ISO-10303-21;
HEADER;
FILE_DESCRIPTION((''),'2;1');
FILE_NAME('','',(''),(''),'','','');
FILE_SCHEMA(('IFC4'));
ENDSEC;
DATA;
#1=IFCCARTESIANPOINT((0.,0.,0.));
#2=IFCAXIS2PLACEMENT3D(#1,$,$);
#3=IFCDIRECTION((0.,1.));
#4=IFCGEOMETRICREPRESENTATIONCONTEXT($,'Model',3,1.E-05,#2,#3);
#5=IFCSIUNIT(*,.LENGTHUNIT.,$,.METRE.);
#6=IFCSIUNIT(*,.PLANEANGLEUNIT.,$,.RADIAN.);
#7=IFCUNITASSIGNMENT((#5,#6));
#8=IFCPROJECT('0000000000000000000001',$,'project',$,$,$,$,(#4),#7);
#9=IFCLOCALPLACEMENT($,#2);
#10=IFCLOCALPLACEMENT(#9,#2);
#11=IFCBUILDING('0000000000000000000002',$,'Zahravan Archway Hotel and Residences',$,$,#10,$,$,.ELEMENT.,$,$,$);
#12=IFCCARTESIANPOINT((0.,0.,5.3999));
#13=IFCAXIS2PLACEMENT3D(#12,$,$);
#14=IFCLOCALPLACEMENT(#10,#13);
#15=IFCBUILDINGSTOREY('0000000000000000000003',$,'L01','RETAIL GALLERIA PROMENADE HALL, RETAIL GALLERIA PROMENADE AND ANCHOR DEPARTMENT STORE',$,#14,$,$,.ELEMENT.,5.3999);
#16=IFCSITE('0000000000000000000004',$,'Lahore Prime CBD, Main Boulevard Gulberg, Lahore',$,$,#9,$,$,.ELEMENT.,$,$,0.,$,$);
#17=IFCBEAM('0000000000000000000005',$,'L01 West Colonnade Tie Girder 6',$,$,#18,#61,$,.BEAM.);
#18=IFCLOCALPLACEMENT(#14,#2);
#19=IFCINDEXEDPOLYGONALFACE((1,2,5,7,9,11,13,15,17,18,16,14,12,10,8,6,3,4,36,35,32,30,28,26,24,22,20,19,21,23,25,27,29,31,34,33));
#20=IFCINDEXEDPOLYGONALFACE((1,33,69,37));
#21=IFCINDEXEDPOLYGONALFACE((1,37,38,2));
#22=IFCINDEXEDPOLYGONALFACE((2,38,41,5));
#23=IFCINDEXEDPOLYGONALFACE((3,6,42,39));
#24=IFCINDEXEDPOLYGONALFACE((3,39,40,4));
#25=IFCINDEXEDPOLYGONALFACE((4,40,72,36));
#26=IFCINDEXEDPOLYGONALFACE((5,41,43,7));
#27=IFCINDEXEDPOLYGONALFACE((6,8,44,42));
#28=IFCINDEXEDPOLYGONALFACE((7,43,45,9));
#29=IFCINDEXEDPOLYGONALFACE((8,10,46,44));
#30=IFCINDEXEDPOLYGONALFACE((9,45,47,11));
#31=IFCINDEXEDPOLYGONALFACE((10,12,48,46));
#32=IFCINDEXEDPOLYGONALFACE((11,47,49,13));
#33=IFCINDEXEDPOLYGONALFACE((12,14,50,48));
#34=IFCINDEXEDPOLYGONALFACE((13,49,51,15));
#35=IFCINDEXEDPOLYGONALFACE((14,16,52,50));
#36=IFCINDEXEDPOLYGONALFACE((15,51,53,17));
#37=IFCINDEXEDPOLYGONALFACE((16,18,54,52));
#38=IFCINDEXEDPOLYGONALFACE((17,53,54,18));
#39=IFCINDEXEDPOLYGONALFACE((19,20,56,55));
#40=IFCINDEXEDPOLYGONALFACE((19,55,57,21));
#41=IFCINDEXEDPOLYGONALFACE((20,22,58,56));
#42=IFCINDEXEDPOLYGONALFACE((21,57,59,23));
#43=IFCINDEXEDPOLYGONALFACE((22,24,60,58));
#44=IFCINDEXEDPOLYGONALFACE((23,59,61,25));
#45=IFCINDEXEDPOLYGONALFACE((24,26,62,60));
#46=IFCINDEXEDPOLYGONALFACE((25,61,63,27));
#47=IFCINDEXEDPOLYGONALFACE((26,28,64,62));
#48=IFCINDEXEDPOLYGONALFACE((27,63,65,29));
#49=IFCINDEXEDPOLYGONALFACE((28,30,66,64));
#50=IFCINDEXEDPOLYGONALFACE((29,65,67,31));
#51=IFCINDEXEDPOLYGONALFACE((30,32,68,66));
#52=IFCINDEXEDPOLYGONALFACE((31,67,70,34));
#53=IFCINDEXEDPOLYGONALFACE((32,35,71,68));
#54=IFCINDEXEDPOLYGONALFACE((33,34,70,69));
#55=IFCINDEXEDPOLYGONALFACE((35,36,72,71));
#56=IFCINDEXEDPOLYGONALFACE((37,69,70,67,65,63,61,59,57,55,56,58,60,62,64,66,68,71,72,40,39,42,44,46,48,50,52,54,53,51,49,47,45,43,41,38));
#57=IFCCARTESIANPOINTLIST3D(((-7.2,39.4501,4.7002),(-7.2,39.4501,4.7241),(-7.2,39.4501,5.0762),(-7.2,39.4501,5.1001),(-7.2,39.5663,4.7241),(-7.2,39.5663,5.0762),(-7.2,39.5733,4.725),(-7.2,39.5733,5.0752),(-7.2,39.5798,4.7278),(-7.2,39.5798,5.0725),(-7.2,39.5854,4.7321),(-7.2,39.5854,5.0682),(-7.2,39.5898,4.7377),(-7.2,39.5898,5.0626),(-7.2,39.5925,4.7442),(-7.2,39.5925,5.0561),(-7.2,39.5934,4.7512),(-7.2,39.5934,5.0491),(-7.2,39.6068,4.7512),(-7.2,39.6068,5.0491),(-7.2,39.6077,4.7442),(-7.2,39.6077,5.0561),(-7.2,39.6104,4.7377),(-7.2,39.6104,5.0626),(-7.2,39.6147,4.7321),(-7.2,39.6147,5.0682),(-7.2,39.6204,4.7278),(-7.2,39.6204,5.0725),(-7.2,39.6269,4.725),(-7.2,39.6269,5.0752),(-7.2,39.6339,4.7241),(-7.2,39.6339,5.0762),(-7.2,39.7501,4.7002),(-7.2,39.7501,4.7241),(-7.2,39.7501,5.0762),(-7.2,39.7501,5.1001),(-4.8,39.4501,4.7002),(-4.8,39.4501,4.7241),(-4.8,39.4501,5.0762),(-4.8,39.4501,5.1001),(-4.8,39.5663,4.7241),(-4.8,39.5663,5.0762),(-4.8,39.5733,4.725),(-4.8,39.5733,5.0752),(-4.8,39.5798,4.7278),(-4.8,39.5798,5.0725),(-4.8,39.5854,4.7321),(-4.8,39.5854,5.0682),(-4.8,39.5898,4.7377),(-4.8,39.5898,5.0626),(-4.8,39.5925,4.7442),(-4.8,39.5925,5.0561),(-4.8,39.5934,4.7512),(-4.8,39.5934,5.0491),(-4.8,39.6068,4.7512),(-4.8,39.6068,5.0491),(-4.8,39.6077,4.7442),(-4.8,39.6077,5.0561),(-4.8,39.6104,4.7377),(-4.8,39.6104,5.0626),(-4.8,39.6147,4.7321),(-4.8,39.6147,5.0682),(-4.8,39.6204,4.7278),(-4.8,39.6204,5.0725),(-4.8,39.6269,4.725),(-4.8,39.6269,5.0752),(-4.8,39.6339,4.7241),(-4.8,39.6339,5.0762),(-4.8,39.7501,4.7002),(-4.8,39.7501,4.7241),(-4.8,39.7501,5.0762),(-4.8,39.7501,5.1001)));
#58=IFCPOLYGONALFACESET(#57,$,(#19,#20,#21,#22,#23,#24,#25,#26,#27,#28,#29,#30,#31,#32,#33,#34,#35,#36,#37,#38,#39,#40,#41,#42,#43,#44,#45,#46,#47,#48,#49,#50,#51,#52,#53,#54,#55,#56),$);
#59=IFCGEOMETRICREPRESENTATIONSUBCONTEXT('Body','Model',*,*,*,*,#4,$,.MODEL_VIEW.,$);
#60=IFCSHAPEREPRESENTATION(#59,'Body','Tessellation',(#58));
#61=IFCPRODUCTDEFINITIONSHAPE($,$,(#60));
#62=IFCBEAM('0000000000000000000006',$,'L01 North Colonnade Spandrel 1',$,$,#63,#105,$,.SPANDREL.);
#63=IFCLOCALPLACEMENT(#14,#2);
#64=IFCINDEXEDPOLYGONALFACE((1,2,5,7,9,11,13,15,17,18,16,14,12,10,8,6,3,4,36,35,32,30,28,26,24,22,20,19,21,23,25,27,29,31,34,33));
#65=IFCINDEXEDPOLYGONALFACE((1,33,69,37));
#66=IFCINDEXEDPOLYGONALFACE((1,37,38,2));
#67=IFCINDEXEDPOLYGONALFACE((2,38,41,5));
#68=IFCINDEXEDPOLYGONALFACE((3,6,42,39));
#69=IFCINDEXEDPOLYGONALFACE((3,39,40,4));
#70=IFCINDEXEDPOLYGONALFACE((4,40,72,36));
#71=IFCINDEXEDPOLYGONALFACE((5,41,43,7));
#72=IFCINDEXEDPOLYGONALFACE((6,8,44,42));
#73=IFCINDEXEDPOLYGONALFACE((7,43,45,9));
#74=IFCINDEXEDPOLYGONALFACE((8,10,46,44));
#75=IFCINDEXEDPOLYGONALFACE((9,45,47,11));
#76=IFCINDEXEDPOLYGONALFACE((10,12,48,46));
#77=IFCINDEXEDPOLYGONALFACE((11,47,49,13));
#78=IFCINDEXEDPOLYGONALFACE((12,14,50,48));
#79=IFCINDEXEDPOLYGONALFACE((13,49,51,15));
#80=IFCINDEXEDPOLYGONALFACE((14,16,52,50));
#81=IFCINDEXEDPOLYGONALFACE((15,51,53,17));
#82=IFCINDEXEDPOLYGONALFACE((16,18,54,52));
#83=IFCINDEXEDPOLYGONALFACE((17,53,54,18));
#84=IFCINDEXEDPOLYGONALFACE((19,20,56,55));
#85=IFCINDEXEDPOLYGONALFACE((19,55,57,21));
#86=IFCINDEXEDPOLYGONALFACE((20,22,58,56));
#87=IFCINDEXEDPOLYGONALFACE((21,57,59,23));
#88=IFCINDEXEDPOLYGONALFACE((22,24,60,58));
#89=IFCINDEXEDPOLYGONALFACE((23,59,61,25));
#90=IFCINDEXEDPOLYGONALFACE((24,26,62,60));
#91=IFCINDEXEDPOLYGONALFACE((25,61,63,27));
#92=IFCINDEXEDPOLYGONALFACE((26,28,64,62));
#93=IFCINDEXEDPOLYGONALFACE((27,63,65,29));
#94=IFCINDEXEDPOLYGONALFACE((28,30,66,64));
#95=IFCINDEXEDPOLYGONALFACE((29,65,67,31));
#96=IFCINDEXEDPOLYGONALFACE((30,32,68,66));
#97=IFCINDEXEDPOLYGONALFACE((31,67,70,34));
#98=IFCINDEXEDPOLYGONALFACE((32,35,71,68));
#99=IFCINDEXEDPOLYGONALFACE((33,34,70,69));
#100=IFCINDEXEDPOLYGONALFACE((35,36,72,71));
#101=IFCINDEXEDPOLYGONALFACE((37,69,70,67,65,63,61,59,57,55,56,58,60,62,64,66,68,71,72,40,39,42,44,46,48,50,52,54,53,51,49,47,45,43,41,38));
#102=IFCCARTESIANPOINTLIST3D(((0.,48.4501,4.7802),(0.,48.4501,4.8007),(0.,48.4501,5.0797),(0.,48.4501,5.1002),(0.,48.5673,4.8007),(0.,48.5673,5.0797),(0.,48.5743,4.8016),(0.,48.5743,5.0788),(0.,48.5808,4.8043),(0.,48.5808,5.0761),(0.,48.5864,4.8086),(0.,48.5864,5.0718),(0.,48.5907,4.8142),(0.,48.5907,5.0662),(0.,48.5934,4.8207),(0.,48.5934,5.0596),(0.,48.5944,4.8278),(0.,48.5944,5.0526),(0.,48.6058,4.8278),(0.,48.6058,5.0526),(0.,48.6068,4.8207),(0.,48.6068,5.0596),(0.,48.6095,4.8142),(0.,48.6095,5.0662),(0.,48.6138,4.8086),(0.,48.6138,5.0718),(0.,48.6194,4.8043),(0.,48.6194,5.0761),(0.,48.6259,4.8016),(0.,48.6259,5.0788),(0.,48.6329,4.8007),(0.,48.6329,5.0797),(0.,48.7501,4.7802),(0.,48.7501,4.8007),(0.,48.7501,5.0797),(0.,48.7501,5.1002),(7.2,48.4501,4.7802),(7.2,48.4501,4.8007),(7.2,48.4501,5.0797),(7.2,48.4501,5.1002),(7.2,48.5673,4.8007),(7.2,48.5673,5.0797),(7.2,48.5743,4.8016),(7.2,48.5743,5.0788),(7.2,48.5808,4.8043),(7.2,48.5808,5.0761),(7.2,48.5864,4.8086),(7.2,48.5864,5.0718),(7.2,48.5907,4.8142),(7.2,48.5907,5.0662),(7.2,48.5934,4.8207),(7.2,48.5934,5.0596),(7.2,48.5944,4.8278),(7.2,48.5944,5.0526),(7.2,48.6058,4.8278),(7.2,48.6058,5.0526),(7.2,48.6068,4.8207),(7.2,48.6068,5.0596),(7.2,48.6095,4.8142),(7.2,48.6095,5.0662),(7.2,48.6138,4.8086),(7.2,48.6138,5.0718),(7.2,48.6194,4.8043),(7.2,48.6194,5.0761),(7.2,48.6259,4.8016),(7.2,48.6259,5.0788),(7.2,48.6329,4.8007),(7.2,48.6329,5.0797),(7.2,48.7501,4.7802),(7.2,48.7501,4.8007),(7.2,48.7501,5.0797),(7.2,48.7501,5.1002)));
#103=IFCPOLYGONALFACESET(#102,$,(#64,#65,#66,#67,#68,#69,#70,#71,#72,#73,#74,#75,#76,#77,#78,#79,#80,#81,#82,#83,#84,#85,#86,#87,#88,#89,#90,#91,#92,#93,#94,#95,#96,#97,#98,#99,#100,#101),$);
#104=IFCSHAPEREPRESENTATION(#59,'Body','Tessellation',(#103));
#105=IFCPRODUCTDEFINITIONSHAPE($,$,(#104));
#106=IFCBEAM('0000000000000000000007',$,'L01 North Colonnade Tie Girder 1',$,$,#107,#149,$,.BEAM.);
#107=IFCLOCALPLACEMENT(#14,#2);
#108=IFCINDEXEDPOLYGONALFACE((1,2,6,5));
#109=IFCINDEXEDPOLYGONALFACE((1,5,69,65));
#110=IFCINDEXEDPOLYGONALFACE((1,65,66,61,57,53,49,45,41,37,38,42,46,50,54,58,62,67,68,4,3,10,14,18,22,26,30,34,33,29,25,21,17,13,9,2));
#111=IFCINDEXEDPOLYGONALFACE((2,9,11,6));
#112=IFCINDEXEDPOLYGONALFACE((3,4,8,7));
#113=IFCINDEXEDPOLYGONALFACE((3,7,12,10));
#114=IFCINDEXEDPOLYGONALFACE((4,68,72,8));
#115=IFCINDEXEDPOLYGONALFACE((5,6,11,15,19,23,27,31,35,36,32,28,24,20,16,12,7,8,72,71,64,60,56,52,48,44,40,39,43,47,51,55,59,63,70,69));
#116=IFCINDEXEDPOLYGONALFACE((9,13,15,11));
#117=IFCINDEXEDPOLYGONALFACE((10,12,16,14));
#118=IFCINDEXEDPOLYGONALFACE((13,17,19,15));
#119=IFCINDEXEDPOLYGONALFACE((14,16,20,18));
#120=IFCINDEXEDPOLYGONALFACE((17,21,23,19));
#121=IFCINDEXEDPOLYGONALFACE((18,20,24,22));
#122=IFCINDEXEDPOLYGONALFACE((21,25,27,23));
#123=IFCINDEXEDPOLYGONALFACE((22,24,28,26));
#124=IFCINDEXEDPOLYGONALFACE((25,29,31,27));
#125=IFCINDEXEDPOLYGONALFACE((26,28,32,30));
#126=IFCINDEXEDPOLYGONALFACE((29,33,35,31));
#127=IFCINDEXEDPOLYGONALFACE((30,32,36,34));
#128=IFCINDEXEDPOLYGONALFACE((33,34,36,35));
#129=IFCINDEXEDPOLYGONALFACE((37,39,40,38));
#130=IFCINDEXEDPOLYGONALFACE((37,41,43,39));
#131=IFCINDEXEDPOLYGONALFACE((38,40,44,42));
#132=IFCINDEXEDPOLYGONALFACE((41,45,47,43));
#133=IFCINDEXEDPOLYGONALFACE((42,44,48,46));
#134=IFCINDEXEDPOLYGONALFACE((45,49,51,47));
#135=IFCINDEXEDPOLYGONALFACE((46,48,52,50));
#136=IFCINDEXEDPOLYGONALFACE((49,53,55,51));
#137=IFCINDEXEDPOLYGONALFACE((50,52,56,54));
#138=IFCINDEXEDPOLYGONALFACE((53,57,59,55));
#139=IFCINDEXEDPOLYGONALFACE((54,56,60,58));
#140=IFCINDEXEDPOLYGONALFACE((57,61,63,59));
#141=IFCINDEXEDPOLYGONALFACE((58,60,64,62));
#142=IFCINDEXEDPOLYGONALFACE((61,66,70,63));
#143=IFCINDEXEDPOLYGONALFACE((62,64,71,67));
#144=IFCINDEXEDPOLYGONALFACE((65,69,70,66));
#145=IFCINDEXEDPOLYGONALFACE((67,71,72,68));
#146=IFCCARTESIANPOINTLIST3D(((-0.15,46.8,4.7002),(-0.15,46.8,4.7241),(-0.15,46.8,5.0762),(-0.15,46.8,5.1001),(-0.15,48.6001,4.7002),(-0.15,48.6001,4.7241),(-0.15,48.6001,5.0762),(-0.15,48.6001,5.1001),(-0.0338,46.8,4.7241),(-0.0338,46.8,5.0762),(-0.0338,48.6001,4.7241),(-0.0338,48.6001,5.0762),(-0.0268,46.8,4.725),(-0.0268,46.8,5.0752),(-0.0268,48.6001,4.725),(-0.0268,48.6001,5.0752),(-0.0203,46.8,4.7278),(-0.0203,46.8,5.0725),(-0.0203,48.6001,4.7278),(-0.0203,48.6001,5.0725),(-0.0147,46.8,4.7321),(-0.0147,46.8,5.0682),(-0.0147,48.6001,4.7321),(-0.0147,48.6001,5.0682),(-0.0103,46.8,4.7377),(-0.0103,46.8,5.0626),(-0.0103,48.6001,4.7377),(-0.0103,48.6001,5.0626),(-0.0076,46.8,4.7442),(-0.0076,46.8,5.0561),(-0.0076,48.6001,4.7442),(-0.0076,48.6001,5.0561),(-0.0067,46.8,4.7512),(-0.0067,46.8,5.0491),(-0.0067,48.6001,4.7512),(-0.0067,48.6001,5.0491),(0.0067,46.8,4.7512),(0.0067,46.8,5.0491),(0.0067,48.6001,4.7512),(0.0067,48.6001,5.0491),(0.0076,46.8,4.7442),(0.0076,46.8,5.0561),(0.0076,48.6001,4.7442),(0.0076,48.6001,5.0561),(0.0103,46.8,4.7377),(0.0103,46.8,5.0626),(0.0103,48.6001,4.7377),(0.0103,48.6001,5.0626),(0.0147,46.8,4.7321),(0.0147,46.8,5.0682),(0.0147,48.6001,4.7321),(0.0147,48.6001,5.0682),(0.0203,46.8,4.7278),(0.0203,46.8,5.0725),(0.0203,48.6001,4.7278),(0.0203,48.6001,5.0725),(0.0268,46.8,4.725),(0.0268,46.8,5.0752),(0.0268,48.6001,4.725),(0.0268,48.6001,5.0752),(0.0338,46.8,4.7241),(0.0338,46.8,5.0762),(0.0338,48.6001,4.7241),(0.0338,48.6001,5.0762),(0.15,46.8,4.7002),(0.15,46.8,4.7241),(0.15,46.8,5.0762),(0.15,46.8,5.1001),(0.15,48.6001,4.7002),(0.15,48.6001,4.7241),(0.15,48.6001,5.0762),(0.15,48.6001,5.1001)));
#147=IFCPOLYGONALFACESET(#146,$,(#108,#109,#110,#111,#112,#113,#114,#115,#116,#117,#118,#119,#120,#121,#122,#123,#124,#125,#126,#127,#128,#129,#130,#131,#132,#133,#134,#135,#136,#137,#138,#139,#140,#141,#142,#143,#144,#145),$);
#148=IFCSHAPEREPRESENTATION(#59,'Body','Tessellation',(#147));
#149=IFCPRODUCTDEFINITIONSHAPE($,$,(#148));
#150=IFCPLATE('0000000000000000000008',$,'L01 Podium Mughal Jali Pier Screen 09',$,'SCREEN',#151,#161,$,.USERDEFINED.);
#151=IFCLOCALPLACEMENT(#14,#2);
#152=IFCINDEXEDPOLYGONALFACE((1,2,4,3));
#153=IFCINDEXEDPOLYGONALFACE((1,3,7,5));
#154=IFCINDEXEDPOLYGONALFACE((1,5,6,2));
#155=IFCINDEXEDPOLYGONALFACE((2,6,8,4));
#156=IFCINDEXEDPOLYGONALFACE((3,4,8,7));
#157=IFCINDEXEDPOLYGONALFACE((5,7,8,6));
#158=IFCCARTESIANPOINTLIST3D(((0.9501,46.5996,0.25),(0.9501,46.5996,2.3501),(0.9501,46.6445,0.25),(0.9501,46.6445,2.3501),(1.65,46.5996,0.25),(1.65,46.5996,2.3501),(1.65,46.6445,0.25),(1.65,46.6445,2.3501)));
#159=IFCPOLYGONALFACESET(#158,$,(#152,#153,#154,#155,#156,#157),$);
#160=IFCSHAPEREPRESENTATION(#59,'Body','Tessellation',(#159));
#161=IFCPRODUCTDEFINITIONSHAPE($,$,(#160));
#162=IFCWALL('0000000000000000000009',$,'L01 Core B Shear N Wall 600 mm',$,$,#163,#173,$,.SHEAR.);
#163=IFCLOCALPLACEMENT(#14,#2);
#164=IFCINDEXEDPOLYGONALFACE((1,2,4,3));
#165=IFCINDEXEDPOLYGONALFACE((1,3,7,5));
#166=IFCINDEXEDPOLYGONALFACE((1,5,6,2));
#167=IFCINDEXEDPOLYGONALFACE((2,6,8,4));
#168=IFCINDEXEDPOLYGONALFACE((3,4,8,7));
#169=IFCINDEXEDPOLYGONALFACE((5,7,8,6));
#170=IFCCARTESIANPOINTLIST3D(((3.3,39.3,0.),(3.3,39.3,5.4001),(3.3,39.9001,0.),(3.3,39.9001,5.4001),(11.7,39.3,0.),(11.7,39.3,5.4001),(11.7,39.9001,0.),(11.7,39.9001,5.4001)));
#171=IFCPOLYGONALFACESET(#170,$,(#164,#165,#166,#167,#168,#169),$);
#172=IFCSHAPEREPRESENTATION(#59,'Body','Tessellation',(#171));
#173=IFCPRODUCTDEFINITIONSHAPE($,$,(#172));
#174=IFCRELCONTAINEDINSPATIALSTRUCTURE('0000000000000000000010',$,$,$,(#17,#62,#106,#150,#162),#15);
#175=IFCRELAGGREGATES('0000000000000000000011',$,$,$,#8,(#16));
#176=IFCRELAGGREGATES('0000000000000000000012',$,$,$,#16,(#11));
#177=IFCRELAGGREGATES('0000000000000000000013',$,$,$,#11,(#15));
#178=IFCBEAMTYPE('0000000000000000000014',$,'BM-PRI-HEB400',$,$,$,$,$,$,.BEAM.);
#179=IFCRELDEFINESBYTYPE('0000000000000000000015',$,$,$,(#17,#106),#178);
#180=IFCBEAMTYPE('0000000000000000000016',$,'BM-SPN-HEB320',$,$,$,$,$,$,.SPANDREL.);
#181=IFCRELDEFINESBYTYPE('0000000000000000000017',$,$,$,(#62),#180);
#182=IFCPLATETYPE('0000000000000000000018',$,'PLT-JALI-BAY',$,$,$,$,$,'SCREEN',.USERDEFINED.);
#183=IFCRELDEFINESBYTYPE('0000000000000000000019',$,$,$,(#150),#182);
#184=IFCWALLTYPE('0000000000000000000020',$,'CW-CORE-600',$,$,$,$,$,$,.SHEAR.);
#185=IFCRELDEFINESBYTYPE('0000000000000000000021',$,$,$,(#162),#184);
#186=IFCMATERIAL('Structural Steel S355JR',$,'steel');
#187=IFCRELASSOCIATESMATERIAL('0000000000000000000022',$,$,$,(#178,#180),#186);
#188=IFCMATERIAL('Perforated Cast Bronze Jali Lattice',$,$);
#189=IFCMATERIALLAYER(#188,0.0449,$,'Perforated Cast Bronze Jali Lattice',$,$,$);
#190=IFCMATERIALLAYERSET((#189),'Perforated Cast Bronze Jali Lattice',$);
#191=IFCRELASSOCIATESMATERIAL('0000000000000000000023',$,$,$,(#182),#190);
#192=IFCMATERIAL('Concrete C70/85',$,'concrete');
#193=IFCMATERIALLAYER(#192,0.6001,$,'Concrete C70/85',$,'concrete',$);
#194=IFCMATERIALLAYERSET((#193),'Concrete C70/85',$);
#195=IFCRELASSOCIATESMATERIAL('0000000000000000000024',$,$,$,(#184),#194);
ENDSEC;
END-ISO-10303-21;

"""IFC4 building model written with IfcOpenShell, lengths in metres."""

from ifc_helpers import new_model, si_unit, direction, frame, frame_2d, origin, origin_2d, place, context, subcontext, project, spatial, rectangle, i_section, extrude, source, transform, mapped, material, layer, layer_set, material_profile, profile_set, type_object, type_shapes, element, save


model = new_model("IFC4")

# Units and contexts
model_context = context("Model", 3, precision=1e-05, world=origin(), true_north=direction((0.0, 1.0)))
body_context = subcontext(model_context, "Body", "Model", "MODEL_VIEW")
ifc_project = project(units=[si_unit("LENGTHUNIT", "METRE"), si_unit("PLANEANGLEUNIT", "RADIAN")], contexts=[model_context])

# Site, building, storey
site_placement = place(None, origin())
site = spatial("IfcSite", under=ifc_project, at=site_placement, Name="Lahore Prime CBD, Main Boulevard Gulberg, Lahore", CompositionType="ELEMENT", RefElevation=0.0)
building_placement = place(site_placement, origin())
building = spatial("IfcBuilding", under=site, at=building_placement, Name="Zahravan Archway Hotel and Residences", CompositionType="ELEMENT")
storey_placement = place(building_placement, frame((0.0, 0.0, 5.3999)))
storey = spatial("IfcBuildingStorey", under=building, at=storey_placement, Name="L01", Description="RETAIL GALLERIA PROMENADE HALL, RETAIL GALLERIA PROMENADE AND ANCHOR DEPARTMENT STORE", CompositionType="ELEMENT", Elevation=5.3999)

# Beams
ifc_material_1 = material(Name="Structural Steel S355JR", Category="steel")
ifc_material_profile_1 = material_profile(ifc_material_1, i_section(OverallWidth=0.3, OverallDepth=0.3999, WebThickness=0.0134, FlangeThickness=0.0239, FilletRadius=0.0271, at=origin_2d()), Name="HEB 400", Category="steel")
ifc_profile_set_1 = profile_set([ifc_material_profile_1], Name="Structural Steel S355JR")
beam_type_1 = type_object("IfcBeamType", Name="BM-PRI-HEB400", PredefinedType="BEAM", material=ifc_profile_set_1)
shared_shape_1 = source(origin(), body_context, "Body", "SweptSolid", [
    extrude(i_section(OverallWidth=0.3, OverallDepth=0.3999, WebThickness=0.0134, FlangeThickness=0.0239, FilletRadius=0.0271, at=origin_2d()), origin(), (0.0, 0.0, 1.0), 2.3999),
])
beam_1_placement = place(storey_placement, frame((-7.2, 39.6001, 4.9001), z_axis=(1.0, 0.0, 0.0), x_axis=(0.0, 1.0, 0.0)))
element("IfcBeam", 1, at=beam_1_placement, inside=storey, type_object=beam_type_1, Name="L01 West Colonnade Tie Girder 6", PredefinedType="BEAM", context=body_context, shape_type="MappedRepresentation", body=[
    mapped(shared_shape_1, transform((0.0, 0.0, 0.0), scale=1.0)),
])
ifc_material_profile_2 = material_profile(ifc_material_1, i_section(OverallWidth=0.3, OverallDepth=0.3201, WebThickness=0.0115, FlangeThickness=0.0205, FilletRadius=0.0271, at=origin_2d()), Name="HEB 320", Category="steel")
ifc_profile_set_2 = profile_set([ifc_material_profile_2], Name="Structural Steel S355JR")
beam_type_2 = type_object("IfcBeamType", Name="BM-SPN-HEB320", PredefinedType="SPANDREL", material=ifc_profile_set_2)
shared_shape_2 = source(origin(), body_context, "Body", "SweptSolid", [
    extrude(i_section(OverallWidth=0.3, OverallDepth=0.3201, WebThickness=0.0115, FlangeThickness=0.0205, FilletRadius=0.0271, at=origin_2d()), origin(), (0.0, 0.0, 1.0), 7.2),
])
type_shapes(beam_type_2, [shared_shape_2])
beam_2_placement = place(storey_placement, frame((0.0, 48.6001, 4.9402), z_axis=(1.0, 0.0, 0.0), x_axis=(0.0, 1.0, 0.0)))
element("IfcBeam", 2, at=beam_2_placement, inside=storey, type_object=beam_type_2, Name="L01 North Colonnade Spandrel 1", PredefinedType="SPANDREL", context=body_context, shape_type="MappedRepresentation", body=[
    mapped(shared_shape_2, transform((0.0, 0.0, 0.0), scale=1.0)),
])
shared_shape_3 = source(origin(), body_context, "Body", "SweptSolid", [
    extrude(i_section(OverallWidth=0.3, OverallDepth=0.3999, WebThickness=0.0134, FlangeThickness=0.0239, FilletRadius=0.0271, at=origin_2d()), origin(), (0.0, 0.0, 1.0), 1.8),
])
beam_3_placement = place(storey_placement, frame((0.0, 46.8, 4.9001), z_axis=(0.0, 1.0, 0.0), x_axis=(-1.0, 0.0, 0.0)))
element("IfcBeam", 3, at=beam_3_placement, inside=storey, type_object=beam_type_1, Name="L01 North Colonnade Tie Girder 1", PredefinedType="BEAM", context=body_context, shape_type="MappedRepresentation", body=[
    mapped(shared_shape_3, transform((0.0, 0.0, 0.0), scale=1.0)),
])

# Plate
ifc_material_2 = material(Name="Perforated Cast Bronze Jali Lattice")
ifc_layer_1 = layer(ifc_material_2, 0.0449, Name="Perforated Cast Bronze Jali Lattice")
ifc_layer_set_1 = layer_set([ifc_layer_1], Name="Perforated Cast Bronze Jali Lattice")
plate_type = type_object("IfcPlateType", Name="PLT-JALI-BAY", ElementType="SCREEN", PredefinedType="USERDEFINED", material=ifc_layer_set_1)
shared_shape_4 = source(origin(), body_context, "Body", "SweptSolid", [
    extrude(rectangle(XDim=0.7, YDim=0.0449, at=origin_2d()), origin(), (0.0, 0.0, 1.0), 2.1001),
])
type_shapes(plate_type, [shared_shape_4])
plate_placement = place(storey_placement, frame((1.3, 46.6221, 0.25), z_axis=(0.0, 0.0, 1.0), x_axis=(1.0, 0.0, 0.0)))
element("IfcPlate", 4, at=plate_placement, inside=storey, type_object=plate_type, Name="L01 Podium Mughal Jali Pier Screen 09", ObjectType="SCREEN", PredefinedType="USERDEFINED", context=body_context, shape_type="MappedRepresentation", body=[
    mapped(shared_shape_4, transform((0.0, 0.0, 0.0), scale=1.0)),
])

# Wall
ifc_material_3 = material(Name="Concrete C70/85", Category="concrete")
ifc_layer_2 = layer(ifc_material_3, 0.6001, Name="Concrete C70/85", Category="concrete")
ifc_layer_set_2 = layer_set([ifc_layer_2], Name="Concrete C70/85")
wall_type_1 = type_object("IfcWallType", Name="CW-CORE-600", PredefinedType="SHEAR", material=ifc_layer_set_2)
wall_1_placement = place(storey_placement, frame((3.3, 39.6001, 0.0), z_axis=(0.0, 0.0, 1.0), x_axis=(1.0, 0.0, 0.0)))
element("IfcWall", 5, at=wall_1_placement, inside=storey, type_object=wall_type_1, Name="L01 Core B Shear N Wall 600 mm", PredefinedType="SHEAR", context=body_context, shape_type="SweptSolid", body=[
    extrude(rectangle(XDim=8.3999, YDim=0.6001, at=frame_2d((4.2, 0.0))), origin(), (0.0, 0.0, 1.0), 5.4001),
])

save(model, "model.ifc")
